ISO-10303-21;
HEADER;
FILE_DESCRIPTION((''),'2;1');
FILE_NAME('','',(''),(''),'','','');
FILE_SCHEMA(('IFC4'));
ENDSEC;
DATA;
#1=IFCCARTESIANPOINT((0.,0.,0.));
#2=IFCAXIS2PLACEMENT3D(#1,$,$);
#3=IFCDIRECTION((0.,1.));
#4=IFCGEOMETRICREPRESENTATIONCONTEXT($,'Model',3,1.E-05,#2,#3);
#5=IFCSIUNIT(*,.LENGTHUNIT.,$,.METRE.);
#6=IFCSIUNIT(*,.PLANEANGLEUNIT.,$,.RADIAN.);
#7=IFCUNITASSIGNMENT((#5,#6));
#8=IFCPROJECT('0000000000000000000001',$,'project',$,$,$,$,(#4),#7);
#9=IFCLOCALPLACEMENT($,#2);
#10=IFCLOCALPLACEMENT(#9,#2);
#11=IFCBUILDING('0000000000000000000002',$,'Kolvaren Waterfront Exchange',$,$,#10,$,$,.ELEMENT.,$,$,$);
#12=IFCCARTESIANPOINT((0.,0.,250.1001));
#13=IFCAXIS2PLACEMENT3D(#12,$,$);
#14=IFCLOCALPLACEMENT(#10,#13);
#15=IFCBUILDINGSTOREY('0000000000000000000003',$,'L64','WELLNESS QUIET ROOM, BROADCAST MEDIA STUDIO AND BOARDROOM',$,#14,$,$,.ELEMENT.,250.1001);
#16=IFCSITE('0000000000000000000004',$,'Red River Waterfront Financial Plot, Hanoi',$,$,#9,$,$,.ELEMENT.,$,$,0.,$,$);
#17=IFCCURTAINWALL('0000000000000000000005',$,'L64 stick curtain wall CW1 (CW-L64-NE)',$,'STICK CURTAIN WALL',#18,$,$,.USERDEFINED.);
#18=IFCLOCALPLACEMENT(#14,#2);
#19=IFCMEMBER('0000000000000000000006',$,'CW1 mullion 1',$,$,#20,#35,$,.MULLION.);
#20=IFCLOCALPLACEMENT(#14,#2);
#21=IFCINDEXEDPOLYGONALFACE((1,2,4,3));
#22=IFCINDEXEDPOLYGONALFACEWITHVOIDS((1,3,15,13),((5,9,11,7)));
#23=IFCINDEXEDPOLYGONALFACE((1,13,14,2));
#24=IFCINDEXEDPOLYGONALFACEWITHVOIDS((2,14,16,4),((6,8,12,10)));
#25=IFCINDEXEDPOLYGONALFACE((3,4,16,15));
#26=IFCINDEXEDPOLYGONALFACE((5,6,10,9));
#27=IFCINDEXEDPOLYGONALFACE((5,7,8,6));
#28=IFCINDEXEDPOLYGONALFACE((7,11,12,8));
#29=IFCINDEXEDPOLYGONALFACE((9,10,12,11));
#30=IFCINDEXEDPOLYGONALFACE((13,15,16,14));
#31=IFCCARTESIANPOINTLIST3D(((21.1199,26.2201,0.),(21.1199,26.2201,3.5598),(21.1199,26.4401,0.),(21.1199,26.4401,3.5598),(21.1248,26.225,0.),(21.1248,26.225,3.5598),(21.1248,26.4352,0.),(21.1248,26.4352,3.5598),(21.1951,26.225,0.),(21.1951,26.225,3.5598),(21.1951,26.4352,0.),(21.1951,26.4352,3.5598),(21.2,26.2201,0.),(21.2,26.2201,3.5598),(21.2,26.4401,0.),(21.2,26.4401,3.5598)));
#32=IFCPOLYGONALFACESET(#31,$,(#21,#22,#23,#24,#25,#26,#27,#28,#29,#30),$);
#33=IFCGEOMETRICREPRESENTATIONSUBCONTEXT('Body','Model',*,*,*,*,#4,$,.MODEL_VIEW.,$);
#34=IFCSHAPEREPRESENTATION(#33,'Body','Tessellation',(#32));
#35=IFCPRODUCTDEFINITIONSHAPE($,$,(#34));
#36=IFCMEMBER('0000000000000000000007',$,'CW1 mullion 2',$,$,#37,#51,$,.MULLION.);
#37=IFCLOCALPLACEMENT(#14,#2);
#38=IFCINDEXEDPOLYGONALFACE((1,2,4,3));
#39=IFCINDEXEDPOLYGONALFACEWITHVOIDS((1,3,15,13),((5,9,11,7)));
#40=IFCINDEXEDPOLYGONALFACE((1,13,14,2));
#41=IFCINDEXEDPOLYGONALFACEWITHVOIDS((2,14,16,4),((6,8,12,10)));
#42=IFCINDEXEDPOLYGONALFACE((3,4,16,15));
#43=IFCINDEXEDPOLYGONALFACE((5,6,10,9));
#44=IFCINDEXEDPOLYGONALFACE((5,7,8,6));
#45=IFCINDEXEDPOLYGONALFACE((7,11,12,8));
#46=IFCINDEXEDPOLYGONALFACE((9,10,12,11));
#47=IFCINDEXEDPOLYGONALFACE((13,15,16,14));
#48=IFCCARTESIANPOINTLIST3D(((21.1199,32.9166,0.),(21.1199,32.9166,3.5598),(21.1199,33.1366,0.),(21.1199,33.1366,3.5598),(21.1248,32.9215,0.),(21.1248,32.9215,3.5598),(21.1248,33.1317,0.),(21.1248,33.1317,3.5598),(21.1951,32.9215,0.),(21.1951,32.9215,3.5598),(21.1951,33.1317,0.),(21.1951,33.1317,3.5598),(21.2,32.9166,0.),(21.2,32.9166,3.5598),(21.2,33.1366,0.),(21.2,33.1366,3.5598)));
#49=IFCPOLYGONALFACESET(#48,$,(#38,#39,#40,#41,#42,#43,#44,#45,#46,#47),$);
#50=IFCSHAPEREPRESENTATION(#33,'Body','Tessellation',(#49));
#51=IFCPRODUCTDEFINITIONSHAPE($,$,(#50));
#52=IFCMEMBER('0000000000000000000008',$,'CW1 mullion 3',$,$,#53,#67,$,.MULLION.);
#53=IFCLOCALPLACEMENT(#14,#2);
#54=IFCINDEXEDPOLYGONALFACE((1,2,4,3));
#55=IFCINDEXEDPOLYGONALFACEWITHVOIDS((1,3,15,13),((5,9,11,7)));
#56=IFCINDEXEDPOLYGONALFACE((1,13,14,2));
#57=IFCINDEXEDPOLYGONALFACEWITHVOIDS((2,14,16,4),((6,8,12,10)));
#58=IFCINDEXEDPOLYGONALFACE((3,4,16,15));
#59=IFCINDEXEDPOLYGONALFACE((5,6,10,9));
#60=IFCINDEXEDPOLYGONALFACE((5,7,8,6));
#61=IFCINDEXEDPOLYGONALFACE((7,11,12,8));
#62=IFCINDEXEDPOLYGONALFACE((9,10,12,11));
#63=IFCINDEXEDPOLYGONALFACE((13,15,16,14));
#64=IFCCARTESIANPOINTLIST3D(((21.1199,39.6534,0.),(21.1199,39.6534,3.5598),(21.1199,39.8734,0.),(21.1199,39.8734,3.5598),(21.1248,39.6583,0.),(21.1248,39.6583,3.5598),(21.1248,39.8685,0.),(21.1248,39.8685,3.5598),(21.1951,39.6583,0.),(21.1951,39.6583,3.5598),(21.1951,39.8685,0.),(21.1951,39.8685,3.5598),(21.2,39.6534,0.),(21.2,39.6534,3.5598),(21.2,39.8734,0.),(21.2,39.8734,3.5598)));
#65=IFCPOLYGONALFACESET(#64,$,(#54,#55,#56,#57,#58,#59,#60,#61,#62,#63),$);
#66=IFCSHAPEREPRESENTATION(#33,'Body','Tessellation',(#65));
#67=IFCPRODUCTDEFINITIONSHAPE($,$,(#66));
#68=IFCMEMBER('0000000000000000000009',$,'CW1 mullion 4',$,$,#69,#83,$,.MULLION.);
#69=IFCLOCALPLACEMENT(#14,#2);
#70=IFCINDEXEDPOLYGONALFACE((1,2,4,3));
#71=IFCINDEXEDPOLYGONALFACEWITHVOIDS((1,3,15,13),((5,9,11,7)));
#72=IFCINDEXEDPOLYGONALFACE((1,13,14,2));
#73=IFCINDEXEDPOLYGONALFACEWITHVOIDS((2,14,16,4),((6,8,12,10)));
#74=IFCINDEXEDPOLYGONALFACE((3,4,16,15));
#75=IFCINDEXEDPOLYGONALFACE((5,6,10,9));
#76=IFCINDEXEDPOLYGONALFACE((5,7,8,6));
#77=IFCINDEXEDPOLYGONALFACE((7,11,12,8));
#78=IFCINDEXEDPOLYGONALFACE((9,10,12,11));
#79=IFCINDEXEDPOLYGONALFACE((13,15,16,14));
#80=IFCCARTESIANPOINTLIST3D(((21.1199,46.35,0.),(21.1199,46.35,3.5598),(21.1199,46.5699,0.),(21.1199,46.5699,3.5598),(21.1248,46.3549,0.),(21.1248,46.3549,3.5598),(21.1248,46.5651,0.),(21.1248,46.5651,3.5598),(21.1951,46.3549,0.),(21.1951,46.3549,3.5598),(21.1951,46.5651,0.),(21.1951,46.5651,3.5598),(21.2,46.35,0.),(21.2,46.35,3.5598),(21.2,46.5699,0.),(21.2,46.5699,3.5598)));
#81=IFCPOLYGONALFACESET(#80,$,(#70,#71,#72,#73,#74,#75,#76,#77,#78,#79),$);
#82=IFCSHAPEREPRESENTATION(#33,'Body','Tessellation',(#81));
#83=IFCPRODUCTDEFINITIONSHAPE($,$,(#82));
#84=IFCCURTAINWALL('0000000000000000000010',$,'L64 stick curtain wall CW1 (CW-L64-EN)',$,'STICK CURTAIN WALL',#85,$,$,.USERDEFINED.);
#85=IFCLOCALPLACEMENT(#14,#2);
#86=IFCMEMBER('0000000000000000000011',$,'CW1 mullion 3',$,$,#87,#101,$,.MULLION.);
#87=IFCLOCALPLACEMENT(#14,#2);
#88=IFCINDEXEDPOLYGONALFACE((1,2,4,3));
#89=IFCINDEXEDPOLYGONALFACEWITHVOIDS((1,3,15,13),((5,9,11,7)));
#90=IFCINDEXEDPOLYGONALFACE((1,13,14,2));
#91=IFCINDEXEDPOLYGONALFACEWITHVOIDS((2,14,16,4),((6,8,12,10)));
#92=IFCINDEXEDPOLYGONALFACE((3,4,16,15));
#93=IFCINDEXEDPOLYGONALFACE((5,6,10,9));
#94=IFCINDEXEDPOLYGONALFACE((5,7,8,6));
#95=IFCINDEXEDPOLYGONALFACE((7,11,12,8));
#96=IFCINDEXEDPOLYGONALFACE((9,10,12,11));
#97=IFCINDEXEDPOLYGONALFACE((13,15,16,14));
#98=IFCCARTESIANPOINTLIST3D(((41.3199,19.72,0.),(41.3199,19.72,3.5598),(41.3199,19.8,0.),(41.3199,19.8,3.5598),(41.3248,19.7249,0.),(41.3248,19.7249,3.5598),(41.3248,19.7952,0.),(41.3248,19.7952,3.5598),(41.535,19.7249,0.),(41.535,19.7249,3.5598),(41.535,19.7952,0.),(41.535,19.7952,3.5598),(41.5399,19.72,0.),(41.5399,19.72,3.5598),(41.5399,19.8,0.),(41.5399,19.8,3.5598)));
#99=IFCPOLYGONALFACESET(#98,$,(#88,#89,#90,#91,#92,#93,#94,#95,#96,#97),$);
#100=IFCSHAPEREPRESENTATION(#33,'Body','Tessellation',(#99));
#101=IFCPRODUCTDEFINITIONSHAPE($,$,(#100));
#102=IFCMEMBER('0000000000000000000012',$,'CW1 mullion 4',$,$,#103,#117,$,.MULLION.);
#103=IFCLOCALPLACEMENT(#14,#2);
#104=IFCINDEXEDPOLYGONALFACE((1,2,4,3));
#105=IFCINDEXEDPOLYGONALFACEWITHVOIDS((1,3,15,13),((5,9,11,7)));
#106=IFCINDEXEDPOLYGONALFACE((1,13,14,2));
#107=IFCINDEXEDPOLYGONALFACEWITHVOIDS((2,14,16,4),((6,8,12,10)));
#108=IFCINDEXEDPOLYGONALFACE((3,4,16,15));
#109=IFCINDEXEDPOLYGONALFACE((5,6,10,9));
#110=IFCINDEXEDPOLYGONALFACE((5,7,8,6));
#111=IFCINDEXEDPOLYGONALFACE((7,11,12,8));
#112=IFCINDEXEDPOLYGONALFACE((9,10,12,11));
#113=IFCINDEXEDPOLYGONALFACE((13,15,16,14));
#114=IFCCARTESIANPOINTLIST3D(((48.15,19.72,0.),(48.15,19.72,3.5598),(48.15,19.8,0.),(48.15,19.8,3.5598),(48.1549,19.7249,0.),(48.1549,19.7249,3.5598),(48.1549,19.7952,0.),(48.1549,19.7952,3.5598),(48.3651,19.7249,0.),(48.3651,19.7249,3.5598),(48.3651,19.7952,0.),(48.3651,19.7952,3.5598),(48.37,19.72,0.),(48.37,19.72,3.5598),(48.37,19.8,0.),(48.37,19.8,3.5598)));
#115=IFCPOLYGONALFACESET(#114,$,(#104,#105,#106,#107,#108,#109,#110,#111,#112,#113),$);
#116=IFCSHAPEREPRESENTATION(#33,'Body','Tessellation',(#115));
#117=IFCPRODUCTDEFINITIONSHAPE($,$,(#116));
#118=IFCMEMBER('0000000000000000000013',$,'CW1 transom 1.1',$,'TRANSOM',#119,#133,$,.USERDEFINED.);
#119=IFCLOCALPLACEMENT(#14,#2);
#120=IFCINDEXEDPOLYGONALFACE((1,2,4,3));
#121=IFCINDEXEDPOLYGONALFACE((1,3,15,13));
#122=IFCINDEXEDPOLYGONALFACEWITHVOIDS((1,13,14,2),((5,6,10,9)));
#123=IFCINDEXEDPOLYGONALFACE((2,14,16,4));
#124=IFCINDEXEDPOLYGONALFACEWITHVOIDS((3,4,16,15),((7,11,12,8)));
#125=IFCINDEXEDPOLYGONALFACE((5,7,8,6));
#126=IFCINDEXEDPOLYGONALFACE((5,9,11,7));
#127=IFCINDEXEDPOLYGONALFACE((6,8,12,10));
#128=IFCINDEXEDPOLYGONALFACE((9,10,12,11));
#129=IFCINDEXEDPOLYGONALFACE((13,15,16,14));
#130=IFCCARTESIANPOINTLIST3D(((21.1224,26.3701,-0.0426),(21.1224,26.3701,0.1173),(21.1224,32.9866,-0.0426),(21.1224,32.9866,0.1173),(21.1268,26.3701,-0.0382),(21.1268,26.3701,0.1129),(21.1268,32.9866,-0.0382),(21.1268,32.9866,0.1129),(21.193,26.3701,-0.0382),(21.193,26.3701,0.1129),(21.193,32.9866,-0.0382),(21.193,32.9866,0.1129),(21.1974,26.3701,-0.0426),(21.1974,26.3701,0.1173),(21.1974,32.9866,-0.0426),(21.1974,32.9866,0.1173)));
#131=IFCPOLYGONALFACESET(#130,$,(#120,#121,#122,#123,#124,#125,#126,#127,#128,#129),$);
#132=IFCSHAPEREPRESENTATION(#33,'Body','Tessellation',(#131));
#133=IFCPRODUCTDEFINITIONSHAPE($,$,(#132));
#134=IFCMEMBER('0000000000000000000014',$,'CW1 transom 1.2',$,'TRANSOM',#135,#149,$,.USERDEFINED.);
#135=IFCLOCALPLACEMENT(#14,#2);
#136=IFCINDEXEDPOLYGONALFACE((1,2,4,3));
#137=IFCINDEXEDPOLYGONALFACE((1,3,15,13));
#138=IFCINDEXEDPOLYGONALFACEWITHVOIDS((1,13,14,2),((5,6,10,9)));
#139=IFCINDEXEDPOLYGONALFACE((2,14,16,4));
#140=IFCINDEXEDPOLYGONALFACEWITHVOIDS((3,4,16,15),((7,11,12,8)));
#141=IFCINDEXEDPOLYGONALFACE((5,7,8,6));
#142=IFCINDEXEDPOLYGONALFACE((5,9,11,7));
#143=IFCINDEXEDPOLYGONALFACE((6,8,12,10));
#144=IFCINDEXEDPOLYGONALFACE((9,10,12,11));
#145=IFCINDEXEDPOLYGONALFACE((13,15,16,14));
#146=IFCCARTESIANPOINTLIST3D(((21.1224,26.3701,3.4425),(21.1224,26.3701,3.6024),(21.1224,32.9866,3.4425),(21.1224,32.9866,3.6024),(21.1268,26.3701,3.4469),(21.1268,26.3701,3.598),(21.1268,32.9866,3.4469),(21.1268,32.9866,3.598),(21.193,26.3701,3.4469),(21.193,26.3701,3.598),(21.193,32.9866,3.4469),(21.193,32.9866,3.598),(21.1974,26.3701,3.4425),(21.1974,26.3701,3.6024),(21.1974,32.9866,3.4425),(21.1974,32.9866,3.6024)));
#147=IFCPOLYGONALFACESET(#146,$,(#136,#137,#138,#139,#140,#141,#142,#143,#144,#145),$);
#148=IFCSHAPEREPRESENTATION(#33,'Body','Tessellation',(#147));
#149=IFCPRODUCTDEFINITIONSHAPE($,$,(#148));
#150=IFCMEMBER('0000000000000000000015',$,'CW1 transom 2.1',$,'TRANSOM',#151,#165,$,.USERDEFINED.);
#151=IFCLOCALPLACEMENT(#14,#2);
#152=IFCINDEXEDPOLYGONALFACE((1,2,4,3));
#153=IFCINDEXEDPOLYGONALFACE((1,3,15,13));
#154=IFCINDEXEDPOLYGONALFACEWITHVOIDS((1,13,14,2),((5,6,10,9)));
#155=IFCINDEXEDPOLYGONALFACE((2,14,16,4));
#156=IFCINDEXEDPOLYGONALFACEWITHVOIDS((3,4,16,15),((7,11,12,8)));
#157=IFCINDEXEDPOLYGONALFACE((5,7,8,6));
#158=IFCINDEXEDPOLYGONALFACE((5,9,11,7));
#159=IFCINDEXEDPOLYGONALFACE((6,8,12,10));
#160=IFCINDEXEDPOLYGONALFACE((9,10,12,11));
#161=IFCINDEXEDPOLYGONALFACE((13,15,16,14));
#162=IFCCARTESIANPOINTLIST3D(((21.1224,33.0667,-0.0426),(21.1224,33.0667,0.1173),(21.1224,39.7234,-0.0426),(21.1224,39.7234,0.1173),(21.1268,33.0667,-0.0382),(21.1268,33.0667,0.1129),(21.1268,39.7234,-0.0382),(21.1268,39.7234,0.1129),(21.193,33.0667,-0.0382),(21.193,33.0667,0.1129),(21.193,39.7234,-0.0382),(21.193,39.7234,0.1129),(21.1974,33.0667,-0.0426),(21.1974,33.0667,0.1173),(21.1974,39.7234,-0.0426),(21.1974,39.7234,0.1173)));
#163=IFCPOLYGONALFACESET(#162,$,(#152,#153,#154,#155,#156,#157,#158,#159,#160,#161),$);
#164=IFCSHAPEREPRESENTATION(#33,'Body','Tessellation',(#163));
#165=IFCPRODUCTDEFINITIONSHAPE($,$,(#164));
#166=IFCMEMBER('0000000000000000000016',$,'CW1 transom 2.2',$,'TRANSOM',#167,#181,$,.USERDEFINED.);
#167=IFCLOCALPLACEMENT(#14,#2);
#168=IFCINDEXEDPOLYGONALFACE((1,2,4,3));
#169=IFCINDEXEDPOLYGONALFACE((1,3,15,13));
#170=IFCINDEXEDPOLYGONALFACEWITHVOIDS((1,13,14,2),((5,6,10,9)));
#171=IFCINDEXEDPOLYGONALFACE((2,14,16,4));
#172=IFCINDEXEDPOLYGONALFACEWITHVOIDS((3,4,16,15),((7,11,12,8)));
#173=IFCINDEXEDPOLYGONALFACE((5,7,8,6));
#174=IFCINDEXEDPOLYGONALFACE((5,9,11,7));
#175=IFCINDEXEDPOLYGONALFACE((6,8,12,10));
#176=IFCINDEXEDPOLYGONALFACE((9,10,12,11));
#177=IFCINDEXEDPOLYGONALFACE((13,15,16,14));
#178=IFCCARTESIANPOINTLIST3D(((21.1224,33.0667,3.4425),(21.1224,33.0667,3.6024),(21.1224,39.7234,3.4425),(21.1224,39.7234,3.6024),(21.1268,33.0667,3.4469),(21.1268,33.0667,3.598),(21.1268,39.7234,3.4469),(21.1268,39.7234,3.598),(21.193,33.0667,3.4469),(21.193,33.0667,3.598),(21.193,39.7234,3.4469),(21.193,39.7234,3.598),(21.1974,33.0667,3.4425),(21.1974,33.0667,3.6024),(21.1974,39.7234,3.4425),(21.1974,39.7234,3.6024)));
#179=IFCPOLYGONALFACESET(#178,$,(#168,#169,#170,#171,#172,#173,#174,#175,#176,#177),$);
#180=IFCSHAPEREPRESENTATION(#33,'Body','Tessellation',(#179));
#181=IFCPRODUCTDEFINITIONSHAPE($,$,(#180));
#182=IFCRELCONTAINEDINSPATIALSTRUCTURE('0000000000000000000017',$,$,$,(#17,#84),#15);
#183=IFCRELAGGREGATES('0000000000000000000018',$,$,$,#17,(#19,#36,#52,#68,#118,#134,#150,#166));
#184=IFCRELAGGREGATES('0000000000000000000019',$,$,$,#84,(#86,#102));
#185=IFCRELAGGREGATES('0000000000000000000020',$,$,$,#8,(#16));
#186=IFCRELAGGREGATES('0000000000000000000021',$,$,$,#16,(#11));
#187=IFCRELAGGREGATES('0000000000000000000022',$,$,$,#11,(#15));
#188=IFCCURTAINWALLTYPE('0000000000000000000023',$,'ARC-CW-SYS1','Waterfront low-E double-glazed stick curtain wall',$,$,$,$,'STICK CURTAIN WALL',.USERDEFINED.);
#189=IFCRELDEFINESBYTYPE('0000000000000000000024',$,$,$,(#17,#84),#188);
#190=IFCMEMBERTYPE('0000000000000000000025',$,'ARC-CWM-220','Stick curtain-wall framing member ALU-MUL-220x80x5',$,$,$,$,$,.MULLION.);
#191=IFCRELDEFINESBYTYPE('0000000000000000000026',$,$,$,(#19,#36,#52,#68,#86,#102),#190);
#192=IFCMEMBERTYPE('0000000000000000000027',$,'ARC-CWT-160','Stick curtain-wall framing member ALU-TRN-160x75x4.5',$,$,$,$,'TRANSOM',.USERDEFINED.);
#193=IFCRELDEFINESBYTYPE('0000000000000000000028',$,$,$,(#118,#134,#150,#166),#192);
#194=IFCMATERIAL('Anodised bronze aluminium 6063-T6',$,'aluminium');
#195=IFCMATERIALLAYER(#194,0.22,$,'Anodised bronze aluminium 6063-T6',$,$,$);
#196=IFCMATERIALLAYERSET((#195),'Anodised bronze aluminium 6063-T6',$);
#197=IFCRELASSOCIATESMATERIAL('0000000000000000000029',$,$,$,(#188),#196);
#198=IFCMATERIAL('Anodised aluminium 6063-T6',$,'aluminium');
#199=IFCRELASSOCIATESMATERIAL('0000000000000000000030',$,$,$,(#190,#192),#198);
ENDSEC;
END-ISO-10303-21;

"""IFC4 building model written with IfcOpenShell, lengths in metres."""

from ifc_helpers import new_model, si_unit, direction, frame, origin, origin_with_axes, origin_2d, place, context, subcontext, project, spatial, hollow_rectangle, extrude, source, transform, mapped, material, layer, layer_set, material_profile, profile_set, type_object, element, aggregate, save


model = new_model("IFC4")

# Units and contexts
model_context = context("Model", 3, precision=1e-05, world=origin(), true_north=direction((0.0, 1.0)))
body_context = subcontext(model_context, "Body", "Model", "MODEL_VIEW")
ifc_project = project(units=[si_unit("LENGTHUNIT", "METRE"), si_unit("PLANEANGLEUNIT", "RADIAN")], contexts=[model_context])

# Site, building, storey
site_placement = place(None, origin())
site = spatial("IfcSite", under=ifc_project, at=site_placement, Name="Red River Waterfront Financial Plot, Hanoi", CompositionType="ELEMENT", RefElevation=0.0)
building_placement = place(site_placement, origin())
building = spatial("IfcBuilding", under=site, at=building_placement, Name="Kolvaren Waterfront Exchange", CompositionType="ELEMENT")
storey_placement = place(building_placement, frame((0.0, 0.0, 250.1001)))
storey = spatial("IfcBuildingStorey", under=building, at=storey_placement, Name="L64", Description="WELLNESS QUIET ROOM, BROADCAST MEDIA STUDIO AND BOARDROOM", CompositionType="ELEMENT", Elevation=250.1001)

# Curtain walls, members
ifc_material_1 = material(Name="Anodised bronze aluminium 6063-T6", Category="aluminium")
ifc_layer_1 = layer(ifc_material_1, 0.22, Name="Anodised bronze aluminium 6063-T6")
ifc_layer_set_1 = layer_set([ifc_layer_1], Name="Anodised bronze aluminium 6063-T6")
curtain_wall_type = type_object("IfcCurtainWallType", Name="ARC-CW-SYS1", Description="Waterfront low-E double-glazed stick curtain wall", ElementType="STICK CURTAIN WALL", PredefinedType="USERDEFINED", material=ifc_layer_set_1)
curtain_wall_1_placement = place(storey_placement, origin())
curtain_wall_1 = element("IfcCurtainWall", 1, at=curtain_wall_1_placement, inside=storey, type_object=curtain_wall_type, Name="L64 stick curtain wall CW1 (CW-L64-NE)", ObjectType="STICK CURTAIN WALL", PredefinedType="USERDEFINED")
ifc_material_2 = material(Name="Anodised aluminium 6063-T6", Category="aluminium")
ifc_material_profile_1 = material_profile(ifc_material_2, hollow_rectangle(XDim=0.0801, YDim=0.22, WallThickness=0.0049, at=origin_2d()), Name="ALU-MUL-220x80x5")
ifc_profile_set_1 = profile_set([ifc_material_profile_1], Name="Anodised aluminium 6063-T6")
member_type_1 = type_object("IfcMemberType", Name="ARC-CWM-220", Description="Stick curtain-wall framing member ALU-MUL-220x80x5", PredefinedType="MULLION", material=ifc_profile_set_1)
shared_shape_1 = source(origin_with_axes(), body_context, "Body", "SweptSolid", [
    extrude(hollow_rectangle(XDim=0.0801, YDim=0.22, WallThickness=0.0049, at=origin_2d()), origin(), (0.0, 0.0, 1.0), 3.5598),
])
member_1_placement = place(storey_placement, frame((21.1599, 26.3301, 0.0), z_axis=(0.0, 0.0, 1.0), x_axis=(-1.0, 0.0, 0.0)))
member_1 = element("IfcMember", 2, at=member_1_placement, type_object=member_type_1, Name="CW1 mullion 1", PredefinedType="MULLION", context=body_context, shape_type="MappedRepresentation", body=[
    mapped(shared_shape_1, transform((0.0, 0.0, 0.0), x_axis=(1.0, 0.0, 0.0), y_axis=(0.0, 1.0, 0.0), z_axis=(0.0, 0.0, 1.0), scale=1.0)),
])
member_2_placement = place(storey_placement, frame((21.1599, 33.0266, 0.0), z_axis=(0.0, 0.0, 1.0), x_axis=(-1.0, 0.0, 0.0)))
member_2 = element("IfcMember", 3, at=member_2_placement, type_object=member_type_1, Name="CW1 mullion 2", PredefinedType="MULLION", context=body_context, shape_type="MappedRepresentation", body=[
    mapped(shared_shape_1, transform((0.0, 0.0, 0.0), x_axis=(1.0, 0.0, 0.0), y_axis=(0.0, 1.0, 0.0), z_axis=(0.0, 0.0, 1.0), scale=1.0)),
])
member_3_placement = place(storey_placement, frame((21.1599, 39.7634, 0.0), z_axis=(0.0, 0.0, 1.0), x_axis=(-1.0, 0.0, 0.0)))
member_3 = element("IfcMember", 4, at=member_3_placement, type_object=member_type_1, Name="CW1 mullion 3", PredefinedType="MULLION", context=body_context, shape_type="MappedRepresentation", body=[
    mapped(shared_shape_1, transform((0.0, 0.0, 0.0), x_axis=(1.0, 0.0, 0.0), y_axis=(0.0, 1.0, 0.0), z_axis=(0.0, 0.0, 1.0), scale=1.0)),
])
member_4_placement = place(storey_placement, frame((21.1599, 46.46, 0.0), z_axis=(0.0, 0.0, 1.0), x_axis=(-1.0, 0.0, 0.0)))
member_4 = element("IfcMember", 5, at=member_4_placement, type_object=member_type_1, Name="CW1 mullion 4", PredefinedType="MULLION", context=body_context, shape_type="MappedRepresentation", body=[
    mapped(shared_shape_1, transform((0.0, 0.0, 0.0), x_axis=(1.0, 0.0, 0.0), y_axis=(0.0, 1.0, 0.0), z_axis=(0.0, 0.0, 1.0), scale=1.0)),
])
curtain_wall_2_placement = place(storey_placement, origin())
curtain_wall_2 = element("IfcCurtainWall", 6, at=curtain_wall_2_placement, inside=storey, type_object=curtain_wall_type, Name="L64 stick curtain wall CW1 (CW-L64-EN)", ObjectType="STICK CURTAIN WALL", PredefinedType="USERDEFINED")
member_5_placement = place(storey_placement, frame((41.4299, 19.76, 0.0), z_axis=(0.0, 0.0, 1.0), x_axis=(0.0, 1.0, 0.0)))
member_5 = element("IfcMember", 7, at=member_5_placement, type_object=member_type_1, Name="CW1 mullion 3", PredefinedType="MULLION", context=body_context, shape_type="MappedRepresentation", body=[
    mapped(shared_shape_1, transform((0.0, 0.0, 0.0), x_axis=(1.0, 0.0, 0.0), y_axis=(0.0, 1.0, 0.0), z_axis=(0.0, 0.0, 1.0), scale=1.0)),
])
member_6_placement = place(storey_placement, frame((48.26, 19.76, 0.0), z_axis=(0.0, 0.0, 1.0), x_axis=(0.0, 1.0, 0.0)))
member_6 = element("IfcMember", 8, at=member_6_placement, type_object=member_type_1, Name="CW1 mullion 4", PredefinedType="MULLION", context=body_context, shape_type="MappedRepresentation", body=[
    mapped(shared_shape_1, transform((0.0, 0.0, 0.0), x_axis=(1.0, 0.0, 0.0), y_axis=(0.0, 1.0, 0.0), z_axis=(0.0, 0.0, 1.0), scale=1.0)),
])

# Members
ifc_material_profile_2 = material_profile(ifc_material_2, hollow_rectangle(XDim=0.075, YDim=0.1599, WallThickness=0.0044, at=origin_2d()), Name="ALU-TRN-160x75x4.5")
ifc_profile_set_2 = profile_set([ifc_material_profile_2], Name="Anodised aluminium 6063-T6")
member_type_2 = type_object("IfcMemberType", Name="ARC-CWT-160", Description="Stick curtain-wall framing member ALU-TRN-160x75x4.5", ElementType="TRANSOM", PredefinedType="USERDEFINED", material=ifc_profile_set_2)
shared_shape_2 = source(origin_with_axes(), body_context, "Body", "SweptSolid", [
    extrude(hollow_rectangle(XDim=0.075, YDim=0.1599, WallThickness=0.0044, at=origin_2d()), origin(), (0.0, 0.0, 1.0), 6.6165),
])
member_7_placement = place(storey_placement, frame((21.1599, 26.3701, 0.0374), z_axis=(0.0, 1.0, 0.0), x_axis=(-1.0, 0.0, 0.0)))
member_7 = element("IfcMember", 9, at=member_7_placement, type_object=member_type_2, Name="CW1 transom 1.1", ObjectType="TRANSOM", PredefinedType="USERDEFINED", context=body_context, shape_type="MappedRepresentation", body=[
    mapped(shared_shape_2, transform((0.0, 0.0, 0.0), x_axis=(1.0, 0.0, 0.0), y_axis=(0.0, 1.0, 0.0), z_axis=(0.0, 0.0, 1.0), scale=1.0)),
])
member_8_placement = place(storey_placement, frame((21.1599, 26.3701, 3.5225), z_axis=(0.0, 1.0, 0.0), x_axis=(-1.0, 0.0, 0.0)))
member_8 = element("IfcMember", 10, at=member_8_placement, type_object=member_type_2, Name="CW1 transom 1.2", ObjectType="TRANSOM", PredefinedType="USERDEFINED", context=body_context, shape_type="MappedRepresentation", body=[
    mapped(shared_shape_2, transform((0.0, 0.0, 0.0), x_axis=(1.0, 0.0, 0.0), y_axis=(0.0, 1.0, 0.0), z_axis=(0.0, 0.0, 1.0), scale=1.0)),
])
shared_shape_3 = source(origin_with_axes(), body_context, "Body", "SweptSolid", [
    extrude(hollow_rectangle(XDim=0.075, YDim=0.1599, WallThickness=0.0044, at=origin_2d()), origin(), (0.0, 0.0, 1.0), 6.6567),
])
member_9_placement = place(storey_placement, frame((21.1599, 33.0667, 0.0374), z_axis=(0.0, 1.0, 0.0), x_axis=(-1.0, 0.0, 0.0)))
member_9 = element("IfcMember", 11, at=member_9_placement, type_object=member_type_2, Name="CW1 transom 2.1", ObjectType="TRANSOM", PredefinedType="USERDEFINED", context=body_context, shape_type="MappedRepresentation", body=[
    mapped(shared_shape_3, transform((0.0, 0.0, 0.0), x_axis=(1.0, 0.0, 0.0), y_axis=(0.0, 1.0, 0.0), z_axis=(0.0, 0.0, 1.0), scale=1.0)),
])
member_10_placement = place(storey_placement, frame((21.1599, 33.0667, 3.5225), z_axis=(0.0, 1.0, 0.0), x_axis=(-1.0, 0.0, 0.0)))
member_10 = element("IfcMember", 12, at=member_10_placement, type_object=member_type_2, Name="CW1 transom 2.2", ObjectType="TRANSOM", PredefinedType="USERDEFINED", context=body_context, shape_type="MappedRepresentation", body=[
    mapped(shared_shape_3, transform((0.0, 0.0, 0.0), x_axis=(1.0, 0.0, 0.0), y_axis=(0.0, 1.0, 0.0), z_axis=(0.0, 0.0, 1.0), scale=1.0)),
])

aggregate(curtain_wall_1, [member_1, member_2, member_3, member_4, member_7, member_8, member_9, member_10])
aggregate(curtain_wall_2, [member_5, member_6])

save(model, "model.ifc")
